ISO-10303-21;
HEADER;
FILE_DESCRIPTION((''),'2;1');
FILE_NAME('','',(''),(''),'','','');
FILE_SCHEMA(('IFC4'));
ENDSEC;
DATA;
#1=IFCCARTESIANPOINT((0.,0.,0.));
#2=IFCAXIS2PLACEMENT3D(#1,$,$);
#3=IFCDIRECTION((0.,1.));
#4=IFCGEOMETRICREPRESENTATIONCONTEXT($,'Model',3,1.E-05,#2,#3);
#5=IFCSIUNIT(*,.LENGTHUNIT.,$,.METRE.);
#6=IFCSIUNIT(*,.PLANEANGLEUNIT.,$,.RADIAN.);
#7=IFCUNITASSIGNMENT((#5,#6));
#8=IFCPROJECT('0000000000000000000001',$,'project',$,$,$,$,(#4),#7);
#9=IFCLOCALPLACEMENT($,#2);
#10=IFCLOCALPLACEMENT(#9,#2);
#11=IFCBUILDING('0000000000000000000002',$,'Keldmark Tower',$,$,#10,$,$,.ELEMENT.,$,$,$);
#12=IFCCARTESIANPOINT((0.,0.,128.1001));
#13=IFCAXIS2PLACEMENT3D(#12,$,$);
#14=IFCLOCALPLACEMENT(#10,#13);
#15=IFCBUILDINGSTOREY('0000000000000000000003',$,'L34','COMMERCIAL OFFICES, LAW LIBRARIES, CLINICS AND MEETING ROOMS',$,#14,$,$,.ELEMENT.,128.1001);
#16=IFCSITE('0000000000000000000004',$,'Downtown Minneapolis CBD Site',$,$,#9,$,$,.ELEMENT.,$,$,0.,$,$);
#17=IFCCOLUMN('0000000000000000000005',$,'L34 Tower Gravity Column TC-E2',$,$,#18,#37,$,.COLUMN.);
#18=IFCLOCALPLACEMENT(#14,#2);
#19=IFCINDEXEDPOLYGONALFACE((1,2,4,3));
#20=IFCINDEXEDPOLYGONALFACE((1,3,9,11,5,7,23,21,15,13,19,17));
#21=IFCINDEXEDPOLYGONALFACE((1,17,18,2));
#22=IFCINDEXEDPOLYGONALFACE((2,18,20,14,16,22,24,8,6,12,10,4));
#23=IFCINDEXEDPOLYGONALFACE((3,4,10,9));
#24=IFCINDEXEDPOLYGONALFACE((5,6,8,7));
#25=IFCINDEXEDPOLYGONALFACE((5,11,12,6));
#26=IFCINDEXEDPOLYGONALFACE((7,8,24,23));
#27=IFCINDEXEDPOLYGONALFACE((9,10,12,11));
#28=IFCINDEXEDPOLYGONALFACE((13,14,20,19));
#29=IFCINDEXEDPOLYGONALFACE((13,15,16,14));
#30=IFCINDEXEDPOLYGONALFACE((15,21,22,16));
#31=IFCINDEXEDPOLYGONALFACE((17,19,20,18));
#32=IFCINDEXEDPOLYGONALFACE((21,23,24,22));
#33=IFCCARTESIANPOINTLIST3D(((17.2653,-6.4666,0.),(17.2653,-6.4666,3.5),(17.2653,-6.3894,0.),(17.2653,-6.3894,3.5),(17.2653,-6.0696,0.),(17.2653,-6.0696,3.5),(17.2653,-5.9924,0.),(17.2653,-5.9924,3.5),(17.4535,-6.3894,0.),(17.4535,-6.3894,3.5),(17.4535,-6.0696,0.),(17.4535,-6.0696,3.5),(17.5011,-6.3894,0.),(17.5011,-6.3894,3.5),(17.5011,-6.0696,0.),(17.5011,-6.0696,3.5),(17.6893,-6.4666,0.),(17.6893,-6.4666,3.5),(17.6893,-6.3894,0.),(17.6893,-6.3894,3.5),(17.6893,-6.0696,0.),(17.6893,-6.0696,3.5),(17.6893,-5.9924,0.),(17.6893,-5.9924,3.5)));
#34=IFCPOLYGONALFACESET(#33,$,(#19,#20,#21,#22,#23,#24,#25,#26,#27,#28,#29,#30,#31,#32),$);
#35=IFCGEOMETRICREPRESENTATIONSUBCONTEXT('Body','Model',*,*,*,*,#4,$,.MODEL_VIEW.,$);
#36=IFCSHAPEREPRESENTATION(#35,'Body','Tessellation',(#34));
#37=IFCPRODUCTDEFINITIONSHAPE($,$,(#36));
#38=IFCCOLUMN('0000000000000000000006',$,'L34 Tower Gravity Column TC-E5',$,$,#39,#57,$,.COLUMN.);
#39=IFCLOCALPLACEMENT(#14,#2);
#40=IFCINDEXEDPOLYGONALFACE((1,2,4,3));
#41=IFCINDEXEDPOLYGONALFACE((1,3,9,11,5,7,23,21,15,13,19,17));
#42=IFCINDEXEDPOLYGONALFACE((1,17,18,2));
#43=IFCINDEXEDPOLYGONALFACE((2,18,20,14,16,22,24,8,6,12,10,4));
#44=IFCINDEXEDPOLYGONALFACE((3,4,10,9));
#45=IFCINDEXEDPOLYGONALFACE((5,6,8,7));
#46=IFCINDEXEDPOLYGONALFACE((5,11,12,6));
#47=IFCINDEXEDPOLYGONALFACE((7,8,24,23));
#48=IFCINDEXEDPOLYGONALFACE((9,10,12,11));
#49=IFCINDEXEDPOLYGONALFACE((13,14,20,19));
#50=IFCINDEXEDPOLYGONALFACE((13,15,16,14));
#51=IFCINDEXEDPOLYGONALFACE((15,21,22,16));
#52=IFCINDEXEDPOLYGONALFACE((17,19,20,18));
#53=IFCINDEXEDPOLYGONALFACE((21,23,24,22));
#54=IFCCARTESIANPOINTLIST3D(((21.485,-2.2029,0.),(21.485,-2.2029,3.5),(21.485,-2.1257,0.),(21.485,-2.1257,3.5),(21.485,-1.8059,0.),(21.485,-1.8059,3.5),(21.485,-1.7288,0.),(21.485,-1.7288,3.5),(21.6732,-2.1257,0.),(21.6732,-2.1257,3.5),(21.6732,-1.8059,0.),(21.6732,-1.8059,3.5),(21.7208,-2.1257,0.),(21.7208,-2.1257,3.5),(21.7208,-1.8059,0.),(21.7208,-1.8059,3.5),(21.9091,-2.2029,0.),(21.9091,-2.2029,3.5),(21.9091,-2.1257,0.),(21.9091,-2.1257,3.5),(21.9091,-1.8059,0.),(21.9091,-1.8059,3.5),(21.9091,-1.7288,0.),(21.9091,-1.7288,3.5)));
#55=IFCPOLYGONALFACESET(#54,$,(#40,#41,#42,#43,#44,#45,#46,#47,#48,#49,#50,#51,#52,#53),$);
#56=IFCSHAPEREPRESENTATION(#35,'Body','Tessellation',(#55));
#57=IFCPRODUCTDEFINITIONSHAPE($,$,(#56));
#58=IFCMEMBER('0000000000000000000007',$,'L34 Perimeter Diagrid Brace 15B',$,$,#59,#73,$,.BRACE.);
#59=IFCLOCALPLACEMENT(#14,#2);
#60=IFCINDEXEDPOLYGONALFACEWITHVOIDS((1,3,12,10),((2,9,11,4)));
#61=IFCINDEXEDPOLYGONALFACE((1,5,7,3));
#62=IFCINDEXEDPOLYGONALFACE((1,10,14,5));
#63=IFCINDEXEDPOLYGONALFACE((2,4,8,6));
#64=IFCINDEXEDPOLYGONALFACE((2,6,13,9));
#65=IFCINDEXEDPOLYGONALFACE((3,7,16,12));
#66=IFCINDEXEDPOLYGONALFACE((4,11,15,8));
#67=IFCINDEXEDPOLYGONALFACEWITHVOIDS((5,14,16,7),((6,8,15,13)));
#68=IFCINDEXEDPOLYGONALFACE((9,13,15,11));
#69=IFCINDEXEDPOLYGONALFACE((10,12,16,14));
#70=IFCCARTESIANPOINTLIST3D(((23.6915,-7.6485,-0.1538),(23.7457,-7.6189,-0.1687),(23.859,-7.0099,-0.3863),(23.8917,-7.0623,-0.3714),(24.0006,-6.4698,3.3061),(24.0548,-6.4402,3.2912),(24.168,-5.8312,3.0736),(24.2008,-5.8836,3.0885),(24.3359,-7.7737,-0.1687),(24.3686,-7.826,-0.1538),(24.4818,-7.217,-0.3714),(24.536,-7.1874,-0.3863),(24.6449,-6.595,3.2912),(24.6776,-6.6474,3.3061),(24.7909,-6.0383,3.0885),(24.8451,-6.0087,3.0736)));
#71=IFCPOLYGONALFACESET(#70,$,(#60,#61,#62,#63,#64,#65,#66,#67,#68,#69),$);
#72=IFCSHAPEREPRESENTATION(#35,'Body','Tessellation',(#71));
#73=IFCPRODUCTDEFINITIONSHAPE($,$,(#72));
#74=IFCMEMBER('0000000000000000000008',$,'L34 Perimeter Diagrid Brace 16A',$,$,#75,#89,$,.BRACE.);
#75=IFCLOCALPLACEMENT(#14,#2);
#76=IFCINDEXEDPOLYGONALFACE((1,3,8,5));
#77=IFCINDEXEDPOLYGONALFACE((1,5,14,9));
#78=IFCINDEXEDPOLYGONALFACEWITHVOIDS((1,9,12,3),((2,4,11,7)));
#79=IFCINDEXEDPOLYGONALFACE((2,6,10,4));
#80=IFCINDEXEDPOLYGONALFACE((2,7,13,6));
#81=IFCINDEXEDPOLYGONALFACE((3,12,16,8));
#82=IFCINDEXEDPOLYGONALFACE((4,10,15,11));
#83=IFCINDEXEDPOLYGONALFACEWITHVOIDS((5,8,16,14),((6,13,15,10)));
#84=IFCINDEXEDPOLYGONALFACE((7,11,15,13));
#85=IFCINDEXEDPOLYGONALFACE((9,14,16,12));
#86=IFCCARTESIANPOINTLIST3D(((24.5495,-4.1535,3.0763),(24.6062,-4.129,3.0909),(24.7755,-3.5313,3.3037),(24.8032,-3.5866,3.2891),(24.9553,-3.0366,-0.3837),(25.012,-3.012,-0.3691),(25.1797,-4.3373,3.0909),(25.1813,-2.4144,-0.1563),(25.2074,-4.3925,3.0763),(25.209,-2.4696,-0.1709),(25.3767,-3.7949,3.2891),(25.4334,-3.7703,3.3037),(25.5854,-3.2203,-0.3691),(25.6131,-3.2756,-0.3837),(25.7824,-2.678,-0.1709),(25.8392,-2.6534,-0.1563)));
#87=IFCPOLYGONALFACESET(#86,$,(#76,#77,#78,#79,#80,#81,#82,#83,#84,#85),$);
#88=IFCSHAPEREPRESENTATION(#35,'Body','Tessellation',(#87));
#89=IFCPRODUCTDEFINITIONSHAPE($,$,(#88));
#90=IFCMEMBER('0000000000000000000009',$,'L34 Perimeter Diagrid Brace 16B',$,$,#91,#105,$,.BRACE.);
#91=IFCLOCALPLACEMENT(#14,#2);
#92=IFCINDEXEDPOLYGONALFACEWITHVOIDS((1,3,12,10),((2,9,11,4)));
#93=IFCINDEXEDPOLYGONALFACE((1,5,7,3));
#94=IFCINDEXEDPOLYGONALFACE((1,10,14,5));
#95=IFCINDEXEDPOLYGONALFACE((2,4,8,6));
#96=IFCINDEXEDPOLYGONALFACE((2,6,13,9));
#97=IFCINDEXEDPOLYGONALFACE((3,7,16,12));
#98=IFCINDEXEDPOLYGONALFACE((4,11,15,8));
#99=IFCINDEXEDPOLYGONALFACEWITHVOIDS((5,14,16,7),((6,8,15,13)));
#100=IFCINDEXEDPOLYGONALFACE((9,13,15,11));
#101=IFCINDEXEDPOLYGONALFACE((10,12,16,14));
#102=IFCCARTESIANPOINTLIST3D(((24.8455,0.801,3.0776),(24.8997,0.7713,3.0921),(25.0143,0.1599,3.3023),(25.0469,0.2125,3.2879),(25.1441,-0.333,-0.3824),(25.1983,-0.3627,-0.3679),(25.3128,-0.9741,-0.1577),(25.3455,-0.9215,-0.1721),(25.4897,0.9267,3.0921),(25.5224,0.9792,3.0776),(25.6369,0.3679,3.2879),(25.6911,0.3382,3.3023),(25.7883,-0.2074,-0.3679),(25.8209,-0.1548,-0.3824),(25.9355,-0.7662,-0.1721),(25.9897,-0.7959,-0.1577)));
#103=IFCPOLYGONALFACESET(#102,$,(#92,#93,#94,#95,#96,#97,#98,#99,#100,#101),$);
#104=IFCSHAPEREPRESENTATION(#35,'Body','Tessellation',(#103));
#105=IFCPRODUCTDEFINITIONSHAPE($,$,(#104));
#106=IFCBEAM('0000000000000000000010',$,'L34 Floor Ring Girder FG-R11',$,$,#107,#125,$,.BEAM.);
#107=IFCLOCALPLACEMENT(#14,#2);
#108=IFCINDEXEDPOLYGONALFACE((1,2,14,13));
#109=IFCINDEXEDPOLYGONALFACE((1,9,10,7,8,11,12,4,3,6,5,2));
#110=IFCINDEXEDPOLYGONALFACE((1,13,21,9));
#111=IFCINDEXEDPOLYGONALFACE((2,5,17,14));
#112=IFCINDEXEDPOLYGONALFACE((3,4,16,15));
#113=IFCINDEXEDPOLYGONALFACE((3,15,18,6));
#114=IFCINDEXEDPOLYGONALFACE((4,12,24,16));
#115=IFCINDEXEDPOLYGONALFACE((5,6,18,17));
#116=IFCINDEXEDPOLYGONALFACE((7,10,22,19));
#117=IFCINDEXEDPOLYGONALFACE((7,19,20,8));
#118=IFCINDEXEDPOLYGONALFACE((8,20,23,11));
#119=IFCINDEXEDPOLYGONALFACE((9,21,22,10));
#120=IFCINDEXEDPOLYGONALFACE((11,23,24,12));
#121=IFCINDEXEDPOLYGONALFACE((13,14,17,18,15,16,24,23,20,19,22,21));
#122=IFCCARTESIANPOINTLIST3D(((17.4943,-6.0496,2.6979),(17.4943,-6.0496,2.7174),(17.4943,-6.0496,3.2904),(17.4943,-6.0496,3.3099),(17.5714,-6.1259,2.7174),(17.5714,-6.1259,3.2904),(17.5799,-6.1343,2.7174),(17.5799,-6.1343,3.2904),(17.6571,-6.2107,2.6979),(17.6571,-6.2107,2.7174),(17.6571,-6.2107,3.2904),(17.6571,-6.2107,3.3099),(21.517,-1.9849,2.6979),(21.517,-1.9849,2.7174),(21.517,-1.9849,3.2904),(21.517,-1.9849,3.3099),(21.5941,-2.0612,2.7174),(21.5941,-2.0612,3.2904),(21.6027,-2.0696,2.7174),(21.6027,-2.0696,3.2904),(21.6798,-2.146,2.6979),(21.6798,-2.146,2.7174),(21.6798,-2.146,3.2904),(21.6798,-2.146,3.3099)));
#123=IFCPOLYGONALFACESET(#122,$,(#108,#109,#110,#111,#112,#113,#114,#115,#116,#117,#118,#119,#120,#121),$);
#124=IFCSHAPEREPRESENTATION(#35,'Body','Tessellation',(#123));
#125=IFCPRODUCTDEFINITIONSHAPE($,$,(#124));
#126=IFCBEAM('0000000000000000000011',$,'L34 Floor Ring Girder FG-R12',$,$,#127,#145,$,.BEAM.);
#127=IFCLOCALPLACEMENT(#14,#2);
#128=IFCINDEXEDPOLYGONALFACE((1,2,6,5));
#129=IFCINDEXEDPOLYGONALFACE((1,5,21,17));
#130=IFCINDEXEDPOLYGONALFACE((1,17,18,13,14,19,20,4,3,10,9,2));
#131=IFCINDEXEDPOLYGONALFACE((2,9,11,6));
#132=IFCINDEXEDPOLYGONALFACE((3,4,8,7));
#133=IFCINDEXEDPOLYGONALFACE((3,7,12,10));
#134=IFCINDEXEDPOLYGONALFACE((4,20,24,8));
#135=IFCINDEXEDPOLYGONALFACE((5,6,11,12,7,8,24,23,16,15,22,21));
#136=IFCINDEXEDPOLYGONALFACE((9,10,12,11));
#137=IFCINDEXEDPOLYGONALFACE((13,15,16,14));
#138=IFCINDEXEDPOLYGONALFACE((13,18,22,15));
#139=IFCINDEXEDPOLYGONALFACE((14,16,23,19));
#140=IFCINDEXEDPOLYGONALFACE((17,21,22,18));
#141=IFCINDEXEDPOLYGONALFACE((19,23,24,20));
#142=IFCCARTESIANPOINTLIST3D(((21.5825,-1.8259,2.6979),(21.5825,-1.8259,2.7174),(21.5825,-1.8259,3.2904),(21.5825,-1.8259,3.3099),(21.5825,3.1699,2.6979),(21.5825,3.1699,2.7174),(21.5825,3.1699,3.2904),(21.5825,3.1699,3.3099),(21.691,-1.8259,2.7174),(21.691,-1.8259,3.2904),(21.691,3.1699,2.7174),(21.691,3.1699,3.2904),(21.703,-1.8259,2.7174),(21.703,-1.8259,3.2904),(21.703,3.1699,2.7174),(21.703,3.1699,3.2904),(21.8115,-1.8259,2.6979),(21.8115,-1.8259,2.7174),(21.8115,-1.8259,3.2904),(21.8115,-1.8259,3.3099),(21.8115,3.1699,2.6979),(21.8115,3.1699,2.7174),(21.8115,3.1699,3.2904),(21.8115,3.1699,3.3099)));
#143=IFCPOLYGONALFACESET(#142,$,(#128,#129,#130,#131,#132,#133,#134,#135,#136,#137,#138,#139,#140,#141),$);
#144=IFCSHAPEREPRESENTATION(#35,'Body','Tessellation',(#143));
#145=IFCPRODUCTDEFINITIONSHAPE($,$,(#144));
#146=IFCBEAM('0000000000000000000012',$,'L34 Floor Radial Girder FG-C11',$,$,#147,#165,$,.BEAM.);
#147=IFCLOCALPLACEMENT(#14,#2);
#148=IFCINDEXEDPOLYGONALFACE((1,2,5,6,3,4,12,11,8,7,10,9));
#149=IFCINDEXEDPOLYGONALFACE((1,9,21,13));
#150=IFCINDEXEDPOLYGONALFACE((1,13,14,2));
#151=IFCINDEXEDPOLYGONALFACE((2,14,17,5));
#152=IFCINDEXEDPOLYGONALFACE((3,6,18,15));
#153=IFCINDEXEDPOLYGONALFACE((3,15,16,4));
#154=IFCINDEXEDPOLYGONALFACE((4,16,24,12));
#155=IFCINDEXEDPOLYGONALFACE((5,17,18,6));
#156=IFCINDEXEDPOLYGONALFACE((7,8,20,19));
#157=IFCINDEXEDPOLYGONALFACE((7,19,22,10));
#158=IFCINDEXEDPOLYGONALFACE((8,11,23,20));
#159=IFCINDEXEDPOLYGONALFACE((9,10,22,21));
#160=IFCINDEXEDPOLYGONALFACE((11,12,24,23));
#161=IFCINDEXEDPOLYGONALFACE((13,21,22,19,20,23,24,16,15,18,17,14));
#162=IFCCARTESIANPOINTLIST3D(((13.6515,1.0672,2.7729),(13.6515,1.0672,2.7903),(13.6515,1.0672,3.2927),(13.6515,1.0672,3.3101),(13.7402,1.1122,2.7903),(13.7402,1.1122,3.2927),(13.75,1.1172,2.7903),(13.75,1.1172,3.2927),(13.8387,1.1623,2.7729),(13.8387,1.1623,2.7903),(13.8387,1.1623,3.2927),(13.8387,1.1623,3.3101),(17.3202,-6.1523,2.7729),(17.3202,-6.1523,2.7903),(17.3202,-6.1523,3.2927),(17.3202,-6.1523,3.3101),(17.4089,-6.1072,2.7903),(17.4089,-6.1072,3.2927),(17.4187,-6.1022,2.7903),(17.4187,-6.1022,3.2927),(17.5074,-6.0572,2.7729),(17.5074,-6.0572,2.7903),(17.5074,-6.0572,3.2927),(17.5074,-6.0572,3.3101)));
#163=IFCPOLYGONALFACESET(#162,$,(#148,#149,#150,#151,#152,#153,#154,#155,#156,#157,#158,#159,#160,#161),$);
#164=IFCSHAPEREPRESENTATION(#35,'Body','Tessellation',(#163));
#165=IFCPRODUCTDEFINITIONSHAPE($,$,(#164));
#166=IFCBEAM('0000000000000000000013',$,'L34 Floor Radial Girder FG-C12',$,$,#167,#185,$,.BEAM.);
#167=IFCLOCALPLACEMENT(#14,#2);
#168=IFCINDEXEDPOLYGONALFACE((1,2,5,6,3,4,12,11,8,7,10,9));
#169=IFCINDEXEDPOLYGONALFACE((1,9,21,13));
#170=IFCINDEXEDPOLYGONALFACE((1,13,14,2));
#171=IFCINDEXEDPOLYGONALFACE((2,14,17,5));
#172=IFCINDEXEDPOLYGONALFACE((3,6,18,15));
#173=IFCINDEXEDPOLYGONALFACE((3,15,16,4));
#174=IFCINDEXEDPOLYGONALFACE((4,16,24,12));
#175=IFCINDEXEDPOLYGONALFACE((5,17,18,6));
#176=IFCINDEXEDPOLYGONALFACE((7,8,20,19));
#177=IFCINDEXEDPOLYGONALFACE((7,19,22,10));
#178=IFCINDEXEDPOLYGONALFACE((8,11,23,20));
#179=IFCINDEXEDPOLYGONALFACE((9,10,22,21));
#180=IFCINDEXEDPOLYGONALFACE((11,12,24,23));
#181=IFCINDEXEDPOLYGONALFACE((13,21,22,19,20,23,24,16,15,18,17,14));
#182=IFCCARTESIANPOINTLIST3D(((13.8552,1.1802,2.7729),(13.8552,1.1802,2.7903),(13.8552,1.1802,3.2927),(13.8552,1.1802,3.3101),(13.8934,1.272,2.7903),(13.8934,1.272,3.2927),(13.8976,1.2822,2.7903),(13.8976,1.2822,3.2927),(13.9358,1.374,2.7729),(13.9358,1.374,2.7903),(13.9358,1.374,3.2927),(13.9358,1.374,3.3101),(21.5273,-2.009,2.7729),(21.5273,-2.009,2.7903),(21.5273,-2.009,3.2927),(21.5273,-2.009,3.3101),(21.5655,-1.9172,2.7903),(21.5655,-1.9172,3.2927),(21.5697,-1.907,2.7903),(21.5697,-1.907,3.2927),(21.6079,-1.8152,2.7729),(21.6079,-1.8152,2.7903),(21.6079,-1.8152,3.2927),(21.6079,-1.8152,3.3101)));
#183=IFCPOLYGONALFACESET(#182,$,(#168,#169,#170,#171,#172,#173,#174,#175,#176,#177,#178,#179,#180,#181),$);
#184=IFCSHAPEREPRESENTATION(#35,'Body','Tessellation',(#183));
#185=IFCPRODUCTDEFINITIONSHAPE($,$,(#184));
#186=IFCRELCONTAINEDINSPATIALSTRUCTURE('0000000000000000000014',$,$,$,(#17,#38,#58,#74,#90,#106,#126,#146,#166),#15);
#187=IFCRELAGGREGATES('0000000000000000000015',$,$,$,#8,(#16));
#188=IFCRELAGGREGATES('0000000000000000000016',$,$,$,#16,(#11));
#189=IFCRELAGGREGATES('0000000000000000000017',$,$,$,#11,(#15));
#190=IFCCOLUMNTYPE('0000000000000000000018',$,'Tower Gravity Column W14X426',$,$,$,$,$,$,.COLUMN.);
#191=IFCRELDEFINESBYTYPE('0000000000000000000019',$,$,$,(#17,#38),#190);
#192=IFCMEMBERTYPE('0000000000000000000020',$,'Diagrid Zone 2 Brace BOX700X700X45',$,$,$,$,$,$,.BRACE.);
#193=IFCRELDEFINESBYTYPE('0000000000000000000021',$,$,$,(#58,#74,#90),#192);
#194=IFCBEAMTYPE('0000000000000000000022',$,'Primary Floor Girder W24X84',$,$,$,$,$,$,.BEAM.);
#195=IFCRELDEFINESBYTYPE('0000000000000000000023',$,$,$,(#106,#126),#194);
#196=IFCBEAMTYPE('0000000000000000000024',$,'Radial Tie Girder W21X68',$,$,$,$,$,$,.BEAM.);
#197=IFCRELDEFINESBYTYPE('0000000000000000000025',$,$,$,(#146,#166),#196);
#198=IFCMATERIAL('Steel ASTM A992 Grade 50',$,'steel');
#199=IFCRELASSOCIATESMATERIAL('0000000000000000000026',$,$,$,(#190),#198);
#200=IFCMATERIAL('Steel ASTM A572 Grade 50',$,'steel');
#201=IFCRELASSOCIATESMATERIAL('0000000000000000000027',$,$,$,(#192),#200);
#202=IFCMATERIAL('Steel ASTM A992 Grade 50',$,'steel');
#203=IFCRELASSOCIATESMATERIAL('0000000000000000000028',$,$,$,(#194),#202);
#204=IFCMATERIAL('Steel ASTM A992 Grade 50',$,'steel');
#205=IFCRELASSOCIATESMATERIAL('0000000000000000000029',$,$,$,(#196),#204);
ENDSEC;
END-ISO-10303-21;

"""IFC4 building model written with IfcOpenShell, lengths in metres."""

from ifc_helpers import new_model, si_unit, direction, frame, origin, origin_2d, place, context, subcontext, project, spatial, hollow_rectangle, i_section, extrude, material, material_profile, profile_set, type_object, element, save


model = new_model("IFC4")

# Units and contexts
model_context = context("Model", 3, precision=1e-05, world=origin(), true_north=direction((0.0, 1.0)))
body_context = subcontext(model_context, "Body", "Model", "MODEL_VIEW")
ifc_project = project(units=[si_unit("LENGTHUNIT", "METRE"), si_unit("PLANEANGLEUNIT", "RADIAN")], contexts=[model_context])

# Site, building, storey
site_placement = place(None, origin())
site = spatial("IfcSite", under=ifc_project, at=site_placement, Name="Downtown Minneapolis CBD Site", CompositionType="ELEMENT", RefElevation=0.0)
building_placement = place(site_placement, origin())
building = spatial("IfcBuilding", under=site, at=building_placement, Name="Keldmark Tower", CompositionType="ELEMENT")
storey_placement = place(building_placement, frame((0.0, 0.0, 128.1001)))
storey = spatial("IfcBuildingStorey", under=building, at=storey_placement, Name="L34", Description="COMMERCIAL OFFICES, LAW LIBRARIES, CLINICS AND MEETING ROOMS", CompositionType="ELEMENT", Elevation=128.1001)

# Columns
ifc_material_1 = material(Name="Steel ASTM A992 Grade 50", Category="steel")
ifc_material_profile_1 = material_profile(ifc_material_1, i_section(OverallWidth=0.4241, OverallDepth=0.4741, WebThickness=0.0476, FlangeThickness=0.0771, at=origin_2d()), Name="W14X426")
ifc_profile_set_1 = profile_set([ifc_material_profile_1], Name="Steel ASTM A992 Grade 50")
column_type = type_object("IfcColumnType", Name="Tower Gravity Column W14X426", PredefinedType="COLUMN", material=ifc_profile_set_1)
for number, where, z_axis, x_axis, name in (
    (1, (17.4773, -6.2295, 0.0), (0.0, 0.0, 1.0), (1.0, 0.0, 0.0), "L34 Tower Gravity Column TC-E2"),
    (2, (21.697, -1.9658, 0.0), (0.0, 0.0, 1.0), (1.0, 0.0, 0.0), "L34 Tower Gravity Column TC-E5"),
):
    element("IfcColumn", number, at=place(storey_placement, frame(where, z_axis=z_axis, x_axis=x_axis)), inside=storey, type_object=column_type, Name=name, PredefinedType="COLUMN", context=body_context, shape_type="SweptSolid", body=[
        extrude(i_section(OverallWidth=0.4241, OverallDepth=0.4741, WebThickness=0.0476, FlangeThickness=0.0771, at=origin_2d()), origin(), (0.0, 0.0, 1.0), 3.5),
    ])

# Members
ifc_material_2 = material(Name="Steel ASTM A572 Grade 50", Category="steel")
ifc_material_profile_2 = material_profile(ifc_material_2, hollow_rectangle(XDim=0.7, YDim=0.7, WallThickness=0.0449, at=origin_2d()), Name="BOX700X700X45")
ifc_profile_set_2 = profile_set([ifc_material_profile_2], Name="Steel ASTM A572 Grade 50")
member_type = type_object("IfcMemberType", Name="Diagrid Zone 2 Brace BOX700X700X45", PredefinedType="BRACE", material=ifc_profile_set_2)
member_1_placement = place(storey_placement, frame((24.1138, -7.418, -0.27), z_axis=(0.084258, 0.321326, 0.943213), x_axis=(-0.967297, 0.253645, 0.0)))
element("IfcMember", 3, at=member_1_placement, inside=storey, type_object=member_type, Name="L34 Perimeter Diagrid Brace 15B", PredefinedType="BRACE", context=body_context, shape_type="SweptSolid", body=[
    extrude(hollow_rectangle(XDim=0.7, YDim=0.7, WallThickness=0.0449, at=origin_2d()), origin(), (0.0, 0.0, 1.0), 3.6682),
])
member_2_placement = place(storey_placement, frame((25.3972, -2.845, -0.27), z_axis=(-0.110914, -0.305313, 0.945771), x_axis=(0.939901, -0.341446, 0.0)))
element("IfcMember", 4, at=member_2_placement, inside=storey, type_object=member_type, Name="L34 Perimeter Diagrid Brace 16A", PredefinedType="BRACE", context=body_context, shape_type="SweptSolid", body=[
    extrude(hollow_rectangle(XDim=0.7, YDim=0.7, WallThickness=0.0449, at=origin_2d()), origin(), (0.0, 0.0, 1.0), 3.6584),
])
member_3_placement = place(storey_placement, frame((25.5669, -0.5645, -0.27), z_axis=(-0.08173, 0.310414, 0.947081), x_axis=(-0.967042, -0.254616, 0.0)))
element("IfcMember", 5, at=member_3_placement, inside=storey, type_object=member_type, Name="L34 Perimeter Diagrid Brace 16B", PredefinedType="BRACE", context=body_context, shape_type="SweptSolid", body=[
    extrude(hollow_rectangle(XDim=0.7, YDim=0.7, WallThickness=0.0449, at=origin_2d()), origin(), (0.0, 0.0, 1.0), 3.6533),
])

# Beams
ifc_material_3 = material(Name="Steel ASTM A992 Grade 50", Category="steel")
ifc_material_profile_3 = material_profile(ifc_material_3, i_section(OverallWidth=0.229, OverallDepth=0.6121, WebThickness=0.012, FlangeThickness=0.0195, at=origin_2d()), Name="W24X84")
ifc_profile_set_3 = profile_set([ifc_material_profile_3], Name="Steel ASTM A992 Grade 50")
beam_type_1 = type_object("IfcBeamType", Name="Primary Floor Girder W24X84", PredefinedType="BEAM", material=ifc_profile_set_3)
beam_1_placement = place(storey_placement, frame((17.5757, -6.1301, 3.0039), z_axis=(0.703426, 0.710769, 0.0), x_axis=(-0.710769, 0.703426, 0.0)))
element("IfcBeam", 6, at=beam_1_placement, inside=storey, type_object=beam_type_1, Name="L34 Floor Ring Girder FG-R11", PredefinedType="BEAM", context=body_context, shape_type="SweptSolid", body=[
    extrude(i_section(OverallWidth=0.229, OverallDepth=0.6121, WebThickness=0.012, FlangeThickness=0.0195, at=origin_2d()), origin(), (0.0, 0.0, 1.0), 5.7188),
])
beam_2_placement = place(storey_placement, frame((21.697, -1.8259, 3.0039), z_axis=(0.0, 1.0, 0.0), x_axis=(-1.0, 0.0, 0.0)))
element("IfcBeam", 7, at=beam_2_placement, inside=storey, type_object=beam_type_1, Name="L34 Floor Ring Girder FG-R12", PredefinedType="BEAM", context=body_context, shape_type="SweptSolid", body=[
    extrude(i_section(OverallWidth=0.229, OverallDepth=0.6121, WebThickness=0.012, FlangeThickness=0.0195, at=origin_2d()), origin(), (0.0, 0.0, 1.0), 4.9958),
])
ifc_material_4 = material(Name="Steel ASTM A992 Grade 50", Category="steel")
ifc_material_profile_4 = material_profile(ifc_material_4, i_section(OverallWidth=0.21, OverallDepth=0.5371, WebThickness=0.011, FlangeThickness=0.0173, at=origin_2d()), Name="W21X68")
ifc_profile_set_4 = profile_set([ifc_material_profile_4], Name="Steel ASTM A992 Grade 50")
beam_type_2 = type_object("IfcBeamType", Name="Radial Tie Girder W21X68", PredefinedType="BEAM", material=ifc_profile_set_4)
beam_3_placement = place(storey_placement, frame((17.4138, -6.1047, 3.0415), z_axis=(-0.453029, 0.891496, 0.0), x_axis=(-0.891496, -0.453029, 0.0)))
element("IfcBeam", 8, at=beam_3_placement, inside=storey, type_object=beam_type_2, Name="L34 Floor Radial Girder FG-C11", PredefinedType="BEAM", context=body_context, shape_type="SweptSolid", body=[
    extrude(i_section(OverallWidth=0.21, OverallDepth=0.5371, WebThickness=0.011, FlangeThickness=0.0173, at=origin_2d()), origin(), (0.0, 0.0, 1.0), 8.0981),
])
beam_4_placement = place(storey_placement, frame((21.5676, -1.9121, 3.0415), z_axis=(-0.923397, 0.383845, 0.0), x_axis=(-0.383845, -0.923397, 0.0)))
element("IfcBeam", 9, at=beam_4_placement, inside=storey, type_object=beam_type_2, Name="L34 Floor Radial Girder FG-C12", PredefinedType="BEAM", context=body_context, shape_type="SweptSolid", body=[
    extrude(i_section(OverallWidth=0.21, OverallDepth=0.5371, WebThickness=0.011, FlangeThickness=0.0173, at=origin_2d()), origin(), (0.0, 0.0, 1.0), 8.3086),
])

save(model, "model.ifc")
